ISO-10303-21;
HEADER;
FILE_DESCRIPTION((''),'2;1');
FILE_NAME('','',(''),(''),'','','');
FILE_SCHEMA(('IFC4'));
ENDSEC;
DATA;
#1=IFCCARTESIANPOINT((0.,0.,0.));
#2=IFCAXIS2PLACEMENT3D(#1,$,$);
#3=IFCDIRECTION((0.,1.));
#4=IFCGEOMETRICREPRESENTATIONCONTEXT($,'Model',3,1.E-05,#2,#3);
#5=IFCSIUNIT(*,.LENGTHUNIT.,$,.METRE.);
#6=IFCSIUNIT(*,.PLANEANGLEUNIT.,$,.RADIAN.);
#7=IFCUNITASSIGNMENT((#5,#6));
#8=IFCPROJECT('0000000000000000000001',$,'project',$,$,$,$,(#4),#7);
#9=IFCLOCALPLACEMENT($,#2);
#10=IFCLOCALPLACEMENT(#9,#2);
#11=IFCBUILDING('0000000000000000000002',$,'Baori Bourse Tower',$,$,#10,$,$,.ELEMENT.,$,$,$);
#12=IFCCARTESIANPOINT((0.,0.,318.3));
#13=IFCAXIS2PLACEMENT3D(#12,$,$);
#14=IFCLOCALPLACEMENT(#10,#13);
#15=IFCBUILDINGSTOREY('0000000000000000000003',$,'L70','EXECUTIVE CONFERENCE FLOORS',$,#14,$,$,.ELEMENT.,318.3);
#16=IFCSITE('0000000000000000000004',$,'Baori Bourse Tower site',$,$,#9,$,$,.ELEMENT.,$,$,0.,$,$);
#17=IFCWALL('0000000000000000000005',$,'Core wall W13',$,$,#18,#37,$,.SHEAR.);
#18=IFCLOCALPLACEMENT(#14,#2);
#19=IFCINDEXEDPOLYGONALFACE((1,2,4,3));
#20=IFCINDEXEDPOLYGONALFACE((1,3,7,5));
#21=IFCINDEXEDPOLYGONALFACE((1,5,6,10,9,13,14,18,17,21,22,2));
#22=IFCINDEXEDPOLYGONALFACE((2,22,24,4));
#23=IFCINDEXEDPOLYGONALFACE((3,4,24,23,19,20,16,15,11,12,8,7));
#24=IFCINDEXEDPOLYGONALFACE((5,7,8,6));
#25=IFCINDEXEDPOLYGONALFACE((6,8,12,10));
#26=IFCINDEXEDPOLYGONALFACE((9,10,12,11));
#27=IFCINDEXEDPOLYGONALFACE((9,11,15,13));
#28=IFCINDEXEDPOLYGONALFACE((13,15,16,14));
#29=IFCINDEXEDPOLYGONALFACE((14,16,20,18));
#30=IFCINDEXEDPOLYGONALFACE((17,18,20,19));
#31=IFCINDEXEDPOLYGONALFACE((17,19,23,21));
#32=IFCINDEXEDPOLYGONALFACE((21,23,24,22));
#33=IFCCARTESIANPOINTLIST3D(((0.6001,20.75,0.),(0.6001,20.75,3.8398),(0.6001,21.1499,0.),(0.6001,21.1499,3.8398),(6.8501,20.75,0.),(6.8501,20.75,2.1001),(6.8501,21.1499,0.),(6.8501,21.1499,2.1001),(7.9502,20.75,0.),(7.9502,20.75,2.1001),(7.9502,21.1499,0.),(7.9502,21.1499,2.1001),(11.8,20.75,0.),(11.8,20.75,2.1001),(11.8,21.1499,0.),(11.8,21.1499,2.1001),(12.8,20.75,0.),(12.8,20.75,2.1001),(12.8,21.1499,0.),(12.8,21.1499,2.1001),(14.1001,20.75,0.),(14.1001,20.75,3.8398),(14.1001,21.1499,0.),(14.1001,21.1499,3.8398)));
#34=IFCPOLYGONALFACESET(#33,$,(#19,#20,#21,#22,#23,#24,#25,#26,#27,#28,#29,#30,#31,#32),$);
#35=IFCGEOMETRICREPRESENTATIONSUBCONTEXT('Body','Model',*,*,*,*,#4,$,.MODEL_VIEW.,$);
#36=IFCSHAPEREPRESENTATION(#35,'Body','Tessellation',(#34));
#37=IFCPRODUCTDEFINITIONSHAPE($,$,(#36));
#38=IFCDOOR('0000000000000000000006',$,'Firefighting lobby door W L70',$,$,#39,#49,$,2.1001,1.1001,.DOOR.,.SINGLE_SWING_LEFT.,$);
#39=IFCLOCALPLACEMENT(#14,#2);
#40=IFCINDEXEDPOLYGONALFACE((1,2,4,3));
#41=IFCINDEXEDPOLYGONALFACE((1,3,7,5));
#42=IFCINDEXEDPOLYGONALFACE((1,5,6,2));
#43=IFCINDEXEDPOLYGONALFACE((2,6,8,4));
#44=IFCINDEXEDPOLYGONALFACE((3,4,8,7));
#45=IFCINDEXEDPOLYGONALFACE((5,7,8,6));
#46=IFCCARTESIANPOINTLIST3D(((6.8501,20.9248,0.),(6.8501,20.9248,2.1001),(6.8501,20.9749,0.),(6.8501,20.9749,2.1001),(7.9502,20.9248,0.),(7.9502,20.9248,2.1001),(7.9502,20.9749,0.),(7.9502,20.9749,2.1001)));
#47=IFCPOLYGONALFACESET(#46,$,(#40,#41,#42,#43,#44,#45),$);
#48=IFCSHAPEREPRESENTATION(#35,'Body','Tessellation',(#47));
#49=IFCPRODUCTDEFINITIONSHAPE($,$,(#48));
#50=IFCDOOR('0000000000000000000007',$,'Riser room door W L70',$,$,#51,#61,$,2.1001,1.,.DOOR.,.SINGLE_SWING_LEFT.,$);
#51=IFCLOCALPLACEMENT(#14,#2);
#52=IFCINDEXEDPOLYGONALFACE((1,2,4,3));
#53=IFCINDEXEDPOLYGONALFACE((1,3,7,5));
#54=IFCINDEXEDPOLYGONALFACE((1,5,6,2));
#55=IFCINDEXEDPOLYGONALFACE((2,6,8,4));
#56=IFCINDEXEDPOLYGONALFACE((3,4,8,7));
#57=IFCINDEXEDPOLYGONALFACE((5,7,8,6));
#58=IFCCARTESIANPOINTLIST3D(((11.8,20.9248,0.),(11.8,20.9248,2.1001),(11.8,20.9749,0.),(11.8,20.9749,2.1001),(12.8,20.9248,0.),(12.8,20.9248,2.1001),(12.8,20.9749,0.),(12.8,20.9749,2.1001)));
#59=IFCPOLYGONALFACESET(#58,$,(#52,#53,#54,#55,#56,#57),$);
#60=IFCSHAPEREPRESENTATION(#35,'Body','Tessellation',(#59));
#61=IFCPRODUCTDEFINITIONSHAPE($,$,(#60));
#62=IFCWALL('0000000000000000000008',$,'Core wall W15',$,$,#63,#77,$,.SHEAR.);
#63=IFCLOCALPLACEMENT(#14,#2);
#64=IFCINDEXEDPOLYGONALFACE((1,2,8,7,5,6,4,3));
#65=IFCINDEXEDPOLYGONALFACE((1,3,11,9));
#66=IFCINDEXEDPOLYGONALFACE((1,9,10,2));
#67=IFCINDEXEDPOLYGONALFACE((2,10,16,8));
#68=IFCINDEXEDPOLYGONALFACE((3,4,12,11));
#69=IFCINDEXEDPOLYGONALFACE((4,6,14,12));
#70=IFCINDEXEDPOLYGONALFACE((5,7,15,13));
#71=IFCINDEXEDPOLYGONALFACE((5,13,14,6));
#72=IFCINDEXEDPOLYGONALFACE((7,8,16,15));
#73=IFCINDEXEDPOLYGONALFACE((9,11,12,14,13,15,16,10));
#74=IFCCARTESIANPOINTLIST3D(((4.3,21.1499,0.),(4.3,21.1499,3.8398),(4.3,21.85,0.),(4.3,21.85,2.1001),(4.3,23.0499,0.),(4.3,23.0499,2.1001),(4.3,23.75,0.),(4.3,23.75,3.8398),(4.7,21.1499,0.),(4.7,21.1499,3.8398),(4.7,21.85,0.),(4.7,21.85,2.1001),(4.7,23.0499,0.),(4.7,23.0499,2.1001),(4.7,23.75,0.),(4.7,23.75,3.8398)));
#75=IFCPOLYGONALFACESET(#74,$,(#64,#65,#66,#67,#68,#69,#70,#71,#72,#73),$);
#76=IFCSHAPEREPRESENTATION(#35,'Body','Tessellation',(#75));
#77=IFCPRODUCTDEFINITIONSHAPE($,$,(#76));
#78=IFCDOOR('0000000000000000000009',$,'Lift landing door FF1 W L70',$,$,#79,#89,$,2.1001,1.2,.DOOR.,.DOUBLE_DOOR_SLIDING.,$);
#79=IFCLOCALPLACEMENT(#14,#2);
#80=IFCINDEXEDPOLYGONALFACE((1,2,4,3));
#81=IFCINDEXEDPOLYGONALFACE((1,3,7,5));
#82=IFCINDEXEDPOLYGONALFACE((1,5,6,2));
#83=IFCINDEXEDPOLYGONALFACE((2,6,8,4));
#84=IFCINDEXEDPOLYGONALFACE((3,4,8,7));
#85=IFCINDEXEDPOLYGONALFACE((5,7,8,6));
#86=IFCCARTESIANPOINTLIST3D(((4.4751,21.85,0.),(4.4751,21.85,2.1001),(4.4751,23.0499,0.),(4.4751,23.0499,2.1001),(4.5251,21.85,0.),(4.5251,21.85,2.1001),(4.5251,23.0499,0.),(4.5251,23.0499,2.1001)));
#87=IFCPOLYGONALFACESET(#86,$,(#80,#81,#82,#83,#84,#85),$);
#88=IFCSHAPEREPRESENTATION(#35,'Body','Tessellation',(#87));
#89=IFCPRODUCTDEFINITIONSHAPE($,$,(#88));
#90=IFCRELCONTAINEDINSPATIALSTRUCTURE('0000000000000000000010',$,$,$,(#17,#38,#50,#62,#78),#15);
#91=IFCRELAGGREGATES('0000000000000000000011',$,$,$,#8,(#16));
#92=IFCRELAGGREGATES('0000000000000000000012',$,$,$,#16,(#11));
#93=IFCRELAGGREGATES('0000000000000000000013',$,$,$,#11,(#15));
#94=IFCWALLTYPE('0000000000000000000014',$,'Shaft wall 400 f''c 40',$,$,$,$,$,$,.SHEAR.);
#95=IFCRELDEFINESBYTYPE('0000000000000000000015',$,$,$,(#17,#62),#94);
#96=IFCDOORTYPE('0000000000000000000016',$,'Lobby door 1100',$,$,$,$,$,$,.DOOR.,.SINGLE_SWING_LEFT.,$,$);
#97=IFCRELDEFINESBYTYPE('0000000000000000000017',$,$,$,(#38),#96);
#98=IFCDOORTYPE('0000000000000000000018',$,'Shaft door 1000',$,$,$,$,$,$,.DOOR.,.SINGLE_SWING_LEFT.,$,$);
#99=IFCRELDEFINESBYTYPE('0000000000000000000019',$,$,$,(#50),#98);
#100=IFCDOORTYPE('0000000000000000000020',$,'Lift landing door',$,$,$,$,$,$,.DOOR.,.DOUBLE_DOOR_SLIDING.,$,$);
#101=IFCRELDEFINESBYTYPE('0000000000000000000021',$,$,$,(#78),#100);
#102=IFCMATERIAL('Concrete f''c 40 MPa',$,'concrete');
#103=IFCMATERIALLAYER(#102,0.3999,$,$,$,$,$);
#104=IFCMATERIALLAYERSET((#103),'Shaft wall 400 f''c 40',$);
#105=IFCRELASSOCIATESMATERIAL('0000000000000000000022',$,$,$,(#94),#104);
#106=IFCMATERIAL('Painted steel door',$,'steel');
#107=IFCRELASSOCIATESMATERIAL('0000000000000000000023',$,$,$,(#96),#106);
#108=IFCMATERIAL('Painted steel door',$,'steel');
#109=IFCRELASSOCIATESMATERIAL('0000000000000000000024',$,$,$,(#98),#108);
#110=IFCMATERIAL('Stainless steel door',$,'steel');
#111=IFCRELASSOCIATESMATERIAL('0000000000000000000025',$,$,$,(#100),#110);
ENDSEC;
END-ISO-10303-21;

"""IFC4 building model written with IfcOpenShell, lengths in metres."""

from ifc_helpers import new_model, si_unit, direction, frame, frame_2d, origin, place, context, subcontext, project, spatial, rectangle, extrude, material, layer, layer_set, type_object, element, fill, save


model = new_model("IFC4")

# Units and contexts
model_context = context("Model", 3, precision=1e-05, world=origin(), true_north=direction((0.0, 1.0)))
body_context = subcontext(model_context, "Body", "Model", "MODEL_VIEW")
ifc_project = project(units=[si_unit("LENGTHUNIT", "METRE"), si_unit("PLANEANGLEUNIT", "RADIAN")], contexts=[model_context])

# Site, building, storey
site_placement = place(None, origin())
site = spatial("IfcSite", under=ifc_project, at=site_placement, Name="Baori Bourse Tower site", CompositionType="ELEMENT", RefElevation=0.0)
building_placement = place(site_placement, origin())
building = spatial("IfcBuilding", under=site, at=building_placement, Name="Baori Bourse Tower", CompositionType="ELEMENT")
storey_placement = place(building_placement, frame((0.0, 0.0, 318.3)))
storey = spatial("IfcBuildingStorey", under=building, at=storey_placement, Name="L70", Description="EXECUTIVE CONFERENCE FLOORS", CompositionType="ELEMENT", Elevation=318.3)

# Shared definitions
ifc_material_1 = material(Name="Concrete f'c 40 MPa", Category="concrete")
ifc_layer_1 = layer(ifc_material_1, 0.3999)
ifc_layer_set_1 = layer_set([ifc_layer_1], Name="Shaft wall 400 f'c 40")
wall_type_1 = type_object("IfcWallType", Name="Shaft wall 400 f'c 40", PredefinedType="SHEAR", material=ifc_layer_set_1)

# Wall, openings, doors
wall_1_placement = place(storey_placement, frame((0.6001, 20.95, 0.0), z_axis=(0.0, 0.0, 1.0), x_axis=(1.0, 0.0, 0.0)))
wall_1 = element("IfcWall", 1, at=wall_1_placement, inside=storey, type_object=wall_type_1, Name="Core wall W13", PredefinedType="SHEAR", context=body_context, shape_type="SweptSolid", body=[
    extrude(rectangle(XDim=13.5, YDim=0.3999, at=frame_2d((6.75, 0.0))), origin(), (0.0, 0.0, 1.0), 3.8398),
])
opening_1_placement = place(wall_1_placement, frame((6.25, 0.0, 0.0)))
opening_1 = element("IfcOpeningElement", 2, at=opening_1_placement, cuts=wall_1, PredefinedType="OPENING", context=body_context, shape_type="SweptSolid", body=[
    extrude(rectangle(XDim=1.1001, YDim=2.1001, at=frame_2d((0.55, 1.05))), frame((0.0, 0.21, 0.0), z_axis=(0.0, -1.0, 0.0), x_axis=(1.0, 0.0, 0.0)), (0.0, 0.0, 1.0), 0.4199),
])
opening_2_placement = place(wall_1_placement, frame((11.2, 0.0, 0.0)))
opening_2 = element("IfcOpeningElement", 3, at=opening_2_placement, cuts=wall_1, PredefinedType="OPENING", context=body_context, shape_type="SweptSolid", body=[
    extrude(rectangle(XDim=1.0, YDim=2.1001, at=frame_2d((0.5, 1.05))), frame((0.0, 0.21, 0.0), z_axis=(0.0, -1.0, 0.0), x_axis=(1.0, 0.0, 0.0)), (0.0, 0.0, 1.0), 0.4199),
])
ifc_material_2 = material(Name="Painted steel door", Category="steel")
door_type_1 = type_object("IfcDoorType", Name="Lobby door 1100", OperationType="SINGLE_SWING_LEFT", PredefinedType="DOOR", material=ifc_material_2)
door_1_placement = place(opening_1_placement, origin())
door_1 = element("IfcDoor", 4, at=door_1_placement, inside=storey, type_object=door_type_1, Name="Firefighting lobby door W L70", OperationType="SINGLE_SWING_LEFT", OverallHeight=2.1001, OverallWidth=1.1001, PredefinedType="DOOR", context=body_context, shape_type="SweptSolid", body=[
    extrude(rectangle(XDim=1.1001, YDim=2.1001, at=frame_2d((0.55, 1.05))), frame((0.0, 0.0249, 0.0), z_axis=(0.0, -1.0, 0.0), x_axis=(1.0, 0.0, 0.0)), (0.0, 0.0, 1.0), 0.05),
])
fill(opening_1, door_1)
ifc_material_3 = material(Name="Painted steel door", Category="steel")
door_type_2 = type_object("IfcDoorType", Name="Shaft door 1000", OperationType="SINGLE_SWING_LEFT", PredefinedType="DOOR", material=ifc_material_3)
door_2_placement = place(opening_2_placement, origin())
door_2 = element("IfcDoor", 5, at=door_2_placement, inside=storey, type_object=door_type_2, Name="Riser room door W L70", OperationType="SINGLE_SWING_LEFT", OverallHeight=2.1001, OverallWidth=1.0, PredefinedType="DOOR", context=body_context, shape_type="SweptSolid", body=[
    extrude(rectangle(XDim=1.0, YDim=2.1001, at=frame_2d((0.5, 1.05))), frame((0.0, 0.0249, 0.0), z_axis=(0.0, -1.0, 0.0), x_axis=(1.0, 0.0, 0.0)), (0.0, 0.0, 1.0), 0.05),
])
fill(opening_2, door_2)

# Wall, opening, door
wall_2_placement = place(storey_placement, frame((4.5, 21.1499, 0.0), z_axis=(0.0, 0.0, 1.0), x_axis=(0.0, 1.0, 0.0)))
wall_2 = element("IfcWall", 6, at=wall_2_placement, inside=storey, type_object=wall_type_1, Name="Core wall W15", PredefinedType="SHEAR", context=body_context, shape_type="SweptSolid", body=[
    extrude(rectangle(XDim=2.6001, YDim=0.3999, at=frame_2d((1.3, 0.0))), origin(), (0.0, 0.0, 1.0), 3.8398),
])
opening_3_placement = place(wall_2_placement, frame((0.7, 0.0, 0.0)))
opening_3 = element("IfcOpeningElement", 7, at=opening_3_placement, cuts=wall_2, PredefinedType="OPENING", context=body_context, shape_type="SweptSolid", body=[
    extrude(rectangle(XDim=1.2, YDim=2.1001, at=frame_2d((0.6001, 1.05))), frame((0.0, 0.21, 0.0), z_axis=(0.0, -1.0, 0.0), x_axis=(1.0, 0.0, 0.0)), (0.0, 0.0, 1.0), 0.4199),
])
ifc_material_4 = material(Name="Stainless steel door", Category="steel")
door_type_3 = type_object("IfcDoorType", Name="Lift landing door", OperationType="DOUBLE_DOOR_SLIDING", PredefinedType="DOOR", material=ifc_material_4)
door_3_placement = place(opening_3_placement, origin())
door_3 = element("IfcDoor", 8, at=door_3_placement, inside=storey, type_object=door_type_3, Name="Lift landing door FF1 W L70", OperationType="DOUBLE_DOOR_SLIDING", OverallHeight=2.1001, OverallWidth=1.2, PredefinedType="DOOR", context=body_context, shape_type="SweptSolid", body=[
    extrude(rectangle(XDim=1.2, YDim=2.1001, at=frame_2d((0.6001, 1.05))), frame((0.0, 0.0249, 0.0), z_axis=(0.0, -1.0, 0.0), x_axis=(1.0, 0.0, 0.0)), (0.0, 0.0, 1.0), 0.05),
])
fill(opening_3, door_3)

save(model, "model.ifc")
